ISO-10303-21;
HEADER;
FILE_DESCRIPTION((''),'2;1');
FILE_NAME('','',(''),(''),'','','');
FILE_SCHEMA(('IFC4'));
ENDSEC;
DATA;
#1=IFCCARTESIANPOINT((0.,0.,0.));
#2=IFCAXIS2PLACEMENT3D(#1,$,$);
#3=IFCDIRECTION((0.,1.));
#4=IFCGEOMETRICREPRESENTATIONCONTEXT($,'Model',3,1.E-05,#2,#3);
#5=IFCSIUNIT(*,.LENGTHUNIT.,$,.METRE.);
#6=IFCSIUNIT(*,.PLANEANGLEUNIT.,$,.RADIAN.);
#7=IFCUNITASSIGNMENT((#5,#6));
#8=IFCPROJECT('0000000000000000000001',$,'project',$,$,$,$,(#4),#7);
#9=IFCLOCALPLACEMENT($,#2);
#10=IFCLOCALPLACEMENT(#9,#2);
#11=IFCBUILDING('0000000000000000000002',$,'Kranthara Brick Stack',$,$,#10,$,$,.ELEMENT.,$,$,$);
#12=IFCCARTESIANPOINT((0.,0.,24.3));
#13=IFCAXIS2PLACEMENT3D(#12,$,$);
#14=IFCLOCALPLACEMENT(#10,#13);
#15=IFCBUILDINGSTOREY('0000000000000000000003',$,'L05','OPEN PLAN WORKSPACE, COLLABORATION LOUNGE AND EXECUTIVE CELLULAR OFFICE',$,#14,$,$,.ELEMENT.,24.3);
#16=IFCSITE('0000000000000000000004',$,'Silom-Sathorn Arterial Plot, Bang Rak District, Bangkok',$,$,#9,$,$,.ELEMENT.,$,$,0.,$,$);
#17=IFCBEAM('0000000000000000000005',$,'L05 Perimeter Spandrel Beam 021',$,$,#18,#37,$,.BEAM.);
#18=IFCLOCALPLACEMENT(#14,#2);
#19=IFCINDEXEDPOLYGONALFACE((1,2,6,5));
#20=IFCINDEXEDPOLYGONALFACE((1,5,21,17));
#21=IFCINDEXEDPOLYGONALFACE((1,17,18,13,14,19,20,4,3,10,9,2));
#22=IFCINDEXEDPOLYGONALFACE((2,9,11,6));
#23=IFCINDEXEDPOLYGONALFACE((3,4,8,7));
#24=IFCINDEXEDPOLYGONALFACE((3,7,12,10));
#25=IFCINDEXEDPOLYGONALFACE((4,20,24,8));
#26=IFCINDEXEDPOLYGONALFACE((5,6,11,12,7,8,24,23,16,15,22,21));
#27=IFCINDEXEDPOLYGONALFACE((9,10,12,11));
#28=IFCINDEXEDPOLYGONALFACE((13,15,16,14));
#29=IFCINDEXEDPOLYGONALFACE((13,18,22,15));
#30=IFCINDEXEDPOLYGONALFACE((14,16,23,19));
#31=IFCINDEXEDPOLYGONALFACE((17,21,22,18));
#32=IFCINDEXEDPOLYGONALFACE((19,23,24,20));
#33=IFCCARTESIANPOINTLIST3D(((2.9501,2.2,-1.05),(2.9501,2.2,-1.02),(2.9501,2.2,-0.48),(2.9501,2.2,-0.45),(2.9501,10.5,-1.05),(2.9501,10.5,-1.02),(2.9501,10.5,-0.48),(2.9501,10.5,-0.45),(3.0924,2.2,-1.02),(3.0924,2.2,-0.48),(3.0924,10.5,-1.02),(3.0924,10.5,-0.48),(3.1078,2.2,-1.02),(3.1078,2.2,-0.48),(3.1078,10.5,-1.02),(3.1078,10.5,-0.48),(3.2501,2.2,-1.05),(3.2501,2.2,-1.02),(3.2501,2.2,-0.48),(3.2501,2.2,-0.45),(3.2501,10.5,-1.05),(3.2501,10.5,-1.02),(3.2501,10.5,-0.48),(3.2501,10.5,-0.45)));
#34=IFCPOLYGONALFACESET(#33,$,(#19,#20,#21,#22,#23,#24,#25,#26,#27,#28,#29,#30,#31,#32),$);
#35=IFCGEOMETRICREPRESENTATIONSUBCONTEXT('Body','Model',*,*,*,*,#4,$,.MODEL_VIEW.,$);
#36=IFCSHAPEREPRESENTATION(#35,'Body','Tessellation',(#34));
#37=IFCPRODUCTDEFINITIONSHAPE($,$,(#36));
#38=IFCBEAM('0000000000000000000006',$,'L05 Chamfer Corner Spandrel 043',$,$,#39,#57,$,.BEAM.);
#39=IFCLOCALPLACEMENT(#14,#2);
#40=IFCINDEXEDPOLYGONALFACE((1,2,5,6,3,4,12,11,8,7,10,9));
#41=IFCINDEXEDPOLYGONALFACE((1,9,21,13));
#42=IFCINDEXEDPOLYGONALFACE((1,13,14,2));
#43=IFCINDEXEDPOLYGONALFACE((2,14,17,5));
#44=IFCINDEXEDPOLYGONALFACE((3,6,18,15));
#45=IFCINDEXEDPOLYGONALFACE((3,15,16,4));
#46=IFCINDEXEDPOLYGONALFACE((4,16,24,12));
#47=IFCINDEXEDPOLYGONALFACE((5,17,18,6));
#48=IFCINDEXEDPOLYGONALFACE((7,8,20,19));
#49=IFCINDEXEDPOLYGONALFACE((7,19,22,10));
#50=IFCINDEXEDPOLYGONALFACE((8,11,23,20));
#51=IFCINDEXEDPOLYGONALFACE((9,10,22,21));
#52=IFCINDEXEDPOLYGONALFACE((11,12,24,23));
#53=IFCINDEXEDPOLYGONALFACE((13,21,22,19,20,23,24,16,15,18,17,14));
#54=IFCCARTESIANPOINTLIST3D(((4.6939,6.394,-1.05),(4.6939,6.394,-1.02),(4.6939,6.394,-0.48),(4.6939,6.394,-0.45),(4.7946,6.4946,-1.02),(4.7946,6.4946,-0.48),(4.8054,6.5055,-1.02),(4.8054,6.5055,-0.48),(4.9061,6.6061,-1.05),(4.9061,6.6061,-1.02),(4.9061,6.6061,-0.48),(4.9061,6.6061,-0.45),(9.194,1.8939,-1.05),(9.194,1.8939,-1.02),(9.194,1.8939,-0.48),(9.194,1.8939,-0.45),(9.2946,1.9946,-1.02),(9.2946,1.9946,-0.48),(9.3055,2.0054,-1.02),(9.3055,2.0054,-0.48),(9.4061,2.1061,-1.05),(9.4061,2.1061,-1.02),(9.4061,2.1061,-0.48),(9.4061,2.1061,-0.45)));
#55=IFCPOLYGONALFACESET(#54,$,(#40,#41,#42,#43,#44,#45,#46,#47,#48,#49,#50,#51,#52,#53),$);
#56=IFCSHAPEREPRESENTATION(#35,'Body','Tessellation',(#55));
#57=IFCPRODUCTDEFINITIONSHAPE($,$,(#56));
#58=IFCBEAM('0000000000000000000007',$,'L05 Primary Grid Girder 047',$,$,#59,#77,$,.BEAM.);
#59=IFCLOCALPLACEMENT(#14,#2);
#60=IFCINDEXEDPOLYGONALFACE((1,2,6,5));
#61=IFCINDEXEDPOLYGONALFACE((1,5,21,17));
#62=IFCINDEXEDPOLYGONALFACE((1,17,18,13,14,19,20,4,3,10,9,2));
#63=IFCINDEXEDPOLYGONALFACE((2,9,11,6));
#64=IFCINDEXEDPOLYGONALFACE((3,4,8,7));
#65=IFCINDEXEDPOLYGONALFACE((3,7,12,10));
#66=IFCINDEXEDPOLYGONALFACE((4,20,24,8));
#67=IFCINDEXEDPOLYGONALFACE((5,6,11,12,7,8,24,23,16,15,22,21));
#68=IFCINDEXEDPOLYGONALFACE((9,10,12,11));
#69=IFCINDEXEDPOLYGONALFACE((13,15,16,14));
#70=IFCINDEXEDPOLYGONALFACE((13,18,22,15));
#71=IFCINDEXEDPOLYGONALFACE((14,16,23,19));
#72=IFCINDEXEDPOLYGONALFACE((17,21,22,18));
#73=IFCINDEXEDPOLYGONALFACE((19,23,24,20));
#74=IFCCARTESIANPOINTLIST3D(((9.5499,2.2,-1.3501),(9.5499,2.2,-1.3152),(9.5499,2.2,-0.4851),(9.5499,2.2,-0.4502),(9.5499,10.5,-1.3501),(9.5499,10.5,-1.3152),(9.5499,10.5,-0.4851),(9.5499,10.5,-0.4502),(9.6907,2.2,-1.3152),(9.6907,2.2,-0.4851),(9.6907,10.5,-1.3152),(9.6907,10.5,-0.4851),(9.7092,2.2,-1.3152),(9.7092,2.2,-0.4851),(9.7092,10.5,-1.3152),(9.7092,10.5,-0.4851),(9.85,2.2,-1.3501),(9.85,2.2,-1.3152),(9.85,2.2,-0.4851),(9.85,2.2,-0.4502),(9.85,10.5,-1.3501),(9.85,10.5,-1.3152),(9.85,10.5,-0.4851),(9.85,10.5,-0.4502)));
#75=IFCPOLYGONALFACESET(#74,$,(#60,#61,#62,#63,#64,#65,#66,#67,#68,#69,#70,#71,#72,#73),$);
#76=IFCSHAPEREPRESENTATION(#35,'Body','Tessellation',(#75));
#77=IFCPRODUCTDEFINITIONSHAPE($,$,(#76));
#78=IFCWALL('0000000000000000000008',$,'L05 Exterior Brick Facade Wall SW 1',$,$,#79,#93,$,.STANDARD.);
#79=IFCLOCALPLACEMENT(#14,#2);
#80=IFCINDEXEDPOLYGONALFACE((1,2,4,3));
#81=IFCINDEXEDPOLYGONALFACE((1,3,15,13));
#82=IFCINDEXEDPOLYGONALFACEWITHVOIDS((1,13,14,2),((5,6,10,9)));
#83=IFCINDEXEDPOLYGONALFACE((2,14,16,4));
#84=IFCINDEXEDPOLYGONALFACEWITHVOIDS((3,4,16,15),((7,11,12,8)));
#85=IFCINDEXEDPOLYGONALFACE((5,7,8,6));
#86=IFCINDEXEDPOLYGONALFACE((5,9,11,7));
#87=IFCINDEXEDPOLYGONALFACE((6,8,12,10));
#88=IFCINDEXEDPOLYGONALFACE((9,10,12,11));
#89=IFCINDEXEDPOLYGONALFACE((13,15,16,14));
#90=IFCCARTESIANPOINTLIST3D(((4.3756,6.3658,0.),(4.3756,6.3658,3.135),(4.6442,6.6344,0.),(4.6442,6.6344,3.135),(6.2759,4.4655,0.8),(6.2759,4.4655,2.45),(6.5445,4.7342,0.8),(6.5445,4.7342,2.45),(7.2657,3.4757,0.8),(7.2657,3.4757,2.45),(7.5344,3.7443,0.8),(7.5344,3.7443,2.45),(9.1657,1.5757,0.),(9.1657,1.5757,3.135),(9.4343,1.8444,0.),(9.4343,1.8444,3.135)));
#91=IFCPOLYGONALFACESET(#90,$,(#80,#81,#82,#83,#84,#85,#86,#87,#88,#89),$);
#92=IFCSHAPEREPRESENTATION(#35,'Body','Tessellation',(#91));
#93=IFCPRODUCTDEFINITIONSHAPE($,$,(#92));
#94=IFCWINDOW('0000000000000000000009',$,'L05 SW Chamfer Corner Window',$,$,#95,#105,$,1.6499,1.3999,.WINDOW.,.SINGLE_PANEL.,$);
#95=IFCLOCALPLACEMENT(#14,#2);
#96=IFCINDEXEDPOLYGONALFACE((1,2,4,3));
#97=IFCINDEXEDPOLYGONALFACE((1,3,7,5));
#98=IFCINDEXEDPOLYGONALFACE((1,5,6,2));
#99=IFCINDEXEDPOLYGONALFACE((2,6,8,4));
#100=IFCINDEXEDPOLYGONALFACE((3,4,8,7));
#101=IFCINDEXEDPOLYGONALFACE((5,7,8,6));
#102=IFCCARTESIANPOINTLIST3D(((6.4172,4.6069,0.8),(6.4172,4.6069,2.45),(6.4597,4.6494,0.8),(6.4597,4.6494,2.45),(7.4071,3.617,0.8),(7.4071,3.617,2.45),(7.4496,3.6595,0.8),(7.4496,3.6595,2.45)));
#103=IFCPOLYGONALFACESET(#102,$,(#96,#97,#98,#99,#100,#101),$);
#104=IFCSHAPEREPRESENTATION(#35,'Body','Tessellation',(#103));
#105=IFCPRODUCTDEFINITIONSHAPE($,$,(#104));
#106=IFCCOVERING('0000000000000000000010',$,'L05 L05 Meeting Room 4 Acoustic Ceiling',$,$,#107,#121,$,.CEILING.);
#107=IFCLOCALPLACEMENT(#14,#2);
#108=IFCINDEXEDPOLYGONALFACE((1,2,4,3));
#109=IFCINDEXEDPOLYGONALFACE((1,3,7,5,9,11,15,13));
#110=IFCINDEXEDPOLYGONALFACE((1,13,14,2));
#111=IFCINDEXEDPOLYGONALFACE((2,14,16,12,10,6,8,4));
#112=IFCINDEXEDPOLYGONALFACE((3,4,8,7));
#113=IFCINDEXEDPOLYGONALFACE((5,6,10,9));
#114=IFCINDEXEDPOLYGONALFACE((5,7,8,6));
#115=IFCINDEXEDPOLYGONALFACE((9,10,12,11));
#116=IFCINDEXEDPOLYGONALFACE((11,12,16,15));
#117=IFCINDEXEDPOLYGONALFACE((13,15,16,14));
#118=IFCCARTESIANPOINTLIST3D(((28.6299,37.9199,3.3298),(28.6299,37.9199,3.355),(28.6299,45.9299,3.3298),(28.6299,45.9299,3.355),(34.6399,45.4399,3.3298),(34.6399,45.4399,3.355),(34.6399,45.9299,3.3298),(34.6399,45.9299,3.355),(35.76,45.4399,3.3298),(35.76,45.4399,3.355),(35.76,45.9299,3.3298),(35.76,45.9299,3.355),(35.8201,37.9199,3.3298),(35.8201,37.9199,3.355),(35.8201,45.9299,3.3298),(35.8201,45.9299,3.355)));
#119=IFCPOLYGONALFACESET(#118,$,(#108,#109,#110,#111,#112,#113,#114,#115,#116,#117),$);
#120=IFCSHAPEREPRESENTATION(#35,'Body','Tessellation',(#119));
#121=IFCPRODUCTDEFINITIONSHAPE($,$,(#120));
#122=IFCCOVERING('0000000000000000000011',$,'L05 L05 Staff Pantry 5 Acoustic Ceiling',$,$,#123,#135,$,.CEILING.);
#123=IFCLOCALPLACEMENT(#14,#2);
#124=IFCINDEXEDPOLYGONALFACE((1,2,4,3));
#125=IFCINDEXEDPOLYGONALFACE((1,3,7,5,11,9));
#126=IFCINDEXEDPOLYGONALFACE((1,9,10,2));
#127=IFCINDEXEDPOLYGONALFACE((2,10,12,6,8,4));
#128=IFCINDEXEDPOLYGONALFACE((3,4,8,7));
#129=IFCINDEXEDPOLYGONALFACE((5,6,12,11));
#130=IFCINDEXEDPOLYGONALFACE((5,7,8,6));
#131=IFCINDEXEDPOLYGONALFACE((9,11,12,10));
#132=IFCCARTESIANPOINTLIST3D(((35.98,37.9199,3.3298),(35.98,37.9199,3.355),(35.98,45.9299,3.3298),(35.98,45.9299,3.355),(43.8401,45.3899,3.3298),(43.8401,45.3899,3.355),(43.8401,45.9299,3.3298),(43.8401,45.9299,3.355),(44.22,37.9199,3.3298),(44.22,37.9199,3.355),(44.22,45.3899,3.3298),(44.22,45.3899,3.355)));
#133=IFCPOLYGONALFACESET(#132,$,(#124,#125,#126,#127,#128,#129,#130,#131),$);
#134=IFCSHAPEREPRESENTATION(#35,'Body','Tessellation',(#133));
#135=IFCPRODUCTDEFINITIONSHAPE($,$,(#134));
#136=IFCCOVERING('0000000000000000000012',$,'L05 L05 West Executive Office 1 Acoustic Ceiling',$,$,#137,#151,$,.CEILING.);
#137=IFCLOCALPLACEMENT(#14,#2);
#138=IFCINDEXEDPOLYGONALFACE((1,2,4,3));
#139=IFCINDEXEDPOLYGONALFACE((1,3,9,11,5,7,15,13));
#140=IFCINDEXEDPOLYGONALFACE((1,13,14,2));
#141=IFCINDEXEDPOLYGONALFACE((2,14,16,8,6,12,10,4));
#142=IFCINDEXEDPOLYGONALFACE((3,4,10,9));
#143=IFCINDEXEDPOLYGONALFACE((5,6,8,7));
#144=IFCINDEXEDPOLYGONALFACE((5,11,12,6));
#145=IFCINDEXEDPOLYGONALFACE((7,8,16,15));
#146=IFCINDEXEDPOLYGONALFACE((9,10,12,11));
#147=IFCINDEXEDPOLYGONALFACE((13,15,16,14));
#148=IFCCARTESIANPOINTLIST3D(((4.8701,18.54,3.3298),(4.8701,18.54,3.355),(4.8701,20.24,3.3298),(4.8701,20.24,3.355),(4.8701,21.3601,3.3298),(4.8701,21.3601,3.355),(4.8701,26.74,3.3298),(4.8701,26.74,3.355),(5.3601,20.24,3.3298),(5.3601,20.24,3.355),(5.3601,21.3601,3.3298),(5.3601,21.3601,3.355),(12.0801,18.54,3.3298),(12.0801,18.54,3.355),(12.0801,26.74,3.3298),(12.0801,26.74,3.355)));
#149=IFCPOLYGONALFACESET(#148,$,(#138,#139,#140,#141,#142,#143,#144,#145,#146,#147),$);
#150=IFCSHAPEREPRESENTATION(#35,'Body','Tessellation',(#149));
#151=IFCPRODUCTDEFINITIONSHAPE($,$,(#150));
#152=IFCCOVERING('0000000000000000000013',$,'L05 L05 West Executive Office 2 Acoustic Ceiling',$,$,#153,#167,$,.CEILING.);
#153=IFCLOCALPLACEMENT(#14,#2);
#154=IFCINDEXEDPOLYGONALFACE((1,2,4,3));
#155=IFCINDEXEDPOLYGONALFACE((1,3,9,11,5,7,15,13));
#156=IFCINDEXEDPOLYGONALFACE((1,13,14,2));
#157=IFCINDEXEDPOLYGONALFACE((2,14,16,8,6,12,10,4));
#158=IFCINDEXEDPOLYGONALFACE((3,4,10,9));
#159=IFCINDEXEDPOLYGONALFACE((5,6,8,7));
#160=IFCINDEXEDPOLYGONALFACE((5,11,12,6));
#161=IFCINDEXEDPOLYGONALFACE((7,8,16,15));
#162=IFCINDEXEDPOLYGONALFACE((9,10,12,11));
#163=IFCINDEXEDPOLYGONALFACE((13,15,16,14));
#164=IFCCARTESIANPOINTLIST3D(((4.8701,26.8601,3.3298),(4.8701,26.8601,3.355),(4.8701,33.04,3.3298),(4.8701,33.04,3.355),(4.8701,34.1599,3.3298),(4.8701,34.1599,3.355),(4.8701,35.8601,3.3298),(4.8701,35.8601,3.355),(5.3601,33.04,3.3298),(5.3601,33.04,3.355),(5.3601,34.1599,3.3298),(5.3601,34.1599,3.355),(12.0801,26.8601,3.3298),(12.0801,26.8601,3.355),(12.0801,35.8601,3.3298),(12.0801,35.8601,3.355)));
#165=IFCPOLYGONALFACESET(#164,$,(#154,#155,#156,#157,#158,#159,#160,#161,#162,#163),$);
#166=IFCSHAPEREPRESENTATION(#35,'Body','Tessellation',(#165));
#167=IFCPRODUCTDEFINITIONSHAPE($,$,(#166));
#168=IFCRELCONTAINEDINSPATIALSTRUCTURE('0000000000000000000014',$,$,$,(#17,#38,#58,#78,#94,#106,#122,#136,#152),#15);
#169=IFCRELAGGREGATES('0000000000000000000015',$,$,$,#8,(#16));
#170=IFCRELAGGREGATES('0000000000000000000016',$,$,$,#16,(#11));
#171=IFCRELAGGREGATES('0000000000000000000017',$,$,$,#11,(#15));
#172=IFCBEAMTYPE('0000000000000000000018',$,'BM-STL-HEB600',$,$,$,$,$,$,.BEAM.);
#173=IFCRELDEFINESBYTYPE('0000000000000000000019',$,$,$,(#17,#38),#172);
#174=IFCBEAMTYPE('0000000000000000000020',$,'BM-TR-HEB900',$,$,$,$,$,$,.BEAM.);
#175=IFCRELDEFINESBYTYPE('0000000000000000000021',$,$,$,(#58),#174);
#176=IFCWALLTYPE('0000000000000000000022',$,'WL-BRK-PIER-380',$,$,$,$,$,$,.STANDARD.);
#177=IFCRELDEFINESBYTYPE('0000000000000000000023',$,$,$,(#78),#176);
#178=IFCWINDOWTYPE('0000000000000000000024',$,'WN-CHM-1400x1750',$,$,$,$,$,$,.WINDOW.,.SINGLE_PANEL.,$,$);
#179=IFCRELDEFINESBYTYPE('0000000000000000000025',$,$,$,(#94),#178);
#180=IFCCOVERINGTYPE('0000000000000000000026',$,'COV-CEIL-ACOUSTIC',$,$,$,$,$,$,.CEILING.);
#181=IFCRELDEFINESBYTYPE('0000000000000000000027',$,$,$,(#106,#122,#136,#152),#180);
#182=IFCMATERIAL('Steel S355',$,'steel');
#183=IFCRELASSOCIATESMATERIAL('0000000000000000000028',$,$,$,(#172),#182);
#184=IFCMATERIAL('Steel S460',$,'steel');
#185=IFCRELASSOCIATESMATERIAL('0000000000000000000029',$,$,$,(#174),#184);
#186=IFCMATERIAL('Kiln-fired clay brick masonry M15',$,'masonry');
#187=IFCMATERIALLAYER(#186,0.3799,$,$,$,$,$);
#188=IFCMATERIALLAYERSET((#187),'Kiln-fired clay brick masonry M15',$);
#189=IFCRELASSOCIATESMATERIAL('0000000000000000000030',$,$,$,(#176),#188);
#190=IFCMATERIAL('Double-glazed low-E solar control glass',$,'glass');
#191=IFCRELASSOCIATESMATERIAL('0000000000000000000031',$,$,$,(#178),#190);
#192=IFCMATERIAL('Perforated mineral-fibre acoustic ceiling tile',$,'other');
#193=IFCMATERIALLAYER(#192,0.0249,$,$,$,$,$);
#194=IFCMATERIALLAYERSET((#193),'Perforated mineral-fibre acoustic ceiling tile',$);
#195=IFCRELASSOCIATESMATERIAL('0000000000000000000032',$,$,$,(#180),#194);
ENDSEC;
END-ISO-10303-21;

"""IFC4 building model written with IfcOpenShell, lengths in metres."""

from ifc_helpers import new_model, si_unit, direction, frame, frame_2d, origin, origin_2d, place, context, subcontext, project, spatial, polyline, rectangle, i_section, outline, extrude, material, layer, layer_set, material_profile, profile_set, type_object, element, fill, save


model = new_model("IFC4")

# Units and contexts
model_context = context("Model", 3, precision=1e-05, world=origin(), true_north=direction((0.0, 1.0)))
body_context = subcontext(model_context, "Body", "Model", "MODEL_VIEW")
ifc_project = project(units=[si_unit("LENGTHUNIT", "METRE"), si_unit("PLANEANGLEUNIT", "RADIAN")], contexts=[model_context])

# Site, building, storey
site_placement = place(None, origin())
site = spatial("IfcSite", under=ifc_project, at=site_placement, Name="Silom-Sathorn Arterial Plot, Bang Rak District, Bangkok", CompositionType="ELEMENT", RefElevation=0.0)
building_placement = place(site_placement, origin())
building = spatial("IfcBuilding", under=site, at=building_placement, Name="Kranthara Brick Stack", CompositionType="ELEMENT")
storey_placement = place(building_placement, frame((0.0, 0.0, 24.3)))
storey = spatial("IfcBuildingStorey", under=building, at=storey_placement, Name="L05", Description="OPEN PLAN WORKSPACE, COLLABORATION LOUNGE AND EXECUTIVE CELLULAR OFFICE", CompositionType="ELEMENT", Elevation=24.3)

# Beams
ifc_material_1 = material(Name="Steel S355", Category="steel")
ifc_material_profile_1 = material_profile(ifc_material_1, i_section(OverallWidth=0.3, OverallDepth=0.6001, WebThickness=0.0154, FlangeThickness=0.03, at=origin_2d()), Name="HEB 600")
ifc_profile_set_1 = profile_set([ifc_material_profile_1], Name="Steel S355")
beam_type_1 = type_object("IfcBeamType", Name="BM-STL-HEB600", PredefinedType="BEAM", material=ifc_profile_set_1)
beam_1_placement = place(storey_placement, frame((3.1001, 2.2, -0.75), z_axis=(0.0, 1.0, 0.0), x_axis=(-1.0, 0.0, 0.0)))
element("IfcBeam", 1, at=beam_1_placement, inside=storey, type_object=beam_type_1, Name="L05 Perimeter Spandrel Beam 021", PredefinedType="BEAM", context=body_context, shape_type="SweptSolid", body=[
    extrude(i_section(OverallWidth=0.3, OverallDepth=0.6001, WebThickness=0.0154, FlangeThickness=0.03, at=origin_2d()), origin(), (0.0, 0.0, 1.0), 8.3),
])
beam_2_placement = place(storey_placement, frame((9.3, 2.0, -0.75), z_axis=(-0.707107, 0.707107, 0.0), x_axis=(-0.707107, -0.707107, 0.0)))
element("IfcBeam", 2, at=beam_2_placement, inside=storey, type_object=beam_type_1, Name="L05 Chamfer Corner Spandrel 043", PredefinedType="BEAM", context=body_context, shape_type="SweptSolid", body=[
    extrude(i_section(OverallWidth=0.3, OverallDepth=0.6001, WebThickness=0.0154, FlangeThickness=0.03, at=origin_2d()), origin(), (0.0, 0.0, 1.0), 6.364),
])
ifc_material_2 = material(Name="Steel S460", Category="steel")
ifc_material_profile_2 = material_profile(ifc_material_2, i_section(OverallWidth=0.3, OverallDepth=0.8999, WebThickness=0.0186, FlangeThickness=0.0349, at=origin_2d()), Name="HEB 900")
ifc_profile_set_2 = profile_set([ifc_material_profile_2], Name="Steel S460")
beam_type_2 = type_object("IfcBeamType", Name="BM-TR-HEB900", PredefinedType="BEAM", material=ifc_profile_set_2)
beam_3_placement = place(storey_placement, frame((9.7, 2.2, -0.9001), z_axis=(0.0, 1.0, 0.0), x_axis=(-1.0, 0.0, 0.0)))
element("IfcBeam", 3, at=beam_3_placement, inside=storey, type_object=beam_type_2, Name="L05 Primary Grid Girder 047", PredefinedType="BEAM", context=body_context, shape_type="SweptSolid", body=[
    extrude(i_section(OverallWidth=0.3, OverallDepth=0.8999, WebThickness=0.0186, FlangeThickness=0.0349, at=origin_2d()), origin(), (0.0, 0.0, 1.0), 8.3),
])

# Wall, opening, window
ifc_material_3 = material(Name="Kiln-fired clay brick masonry M15", Category="masonry")
ifc_layer_1 = layer(ifc_material_3, 0.3799)
ifc_layer_set_1 = layer_set([ifc_layer_1], Name="Kiln-fired clay brick masonry M15")
wall_type = type_object("IfcWallType", Name="WL-BRK-PIER-380", PredefinedType="STANDARD", material=ifc_layer_set_1)
wall_placement = place(storey_placement, frame((9.3, 1.71, 0.0), z_axis=(0.0, 0.0, 1.0), x_axis=(-0.707107, 0.707107, 0.0)))
wall = element("IfcWall", 4, at=wall_placement, inside=storey, type_object=wall_type, Name="L05 Exterior Brick Facade Wall SW 1", PredefinedType="STANDARD", context=body_context, shape_type="SweptSolid", body=[
    extrude(rectangle(XDim=6.7742, YDim=0.3799, at=frame_2d((3.3872, 0.0))), origin(), (0.0, 0.0, 1.0), 3.135),
])
opening_placement = place(wall_placement, frame((2.687, 0.0, 0.8)))
opening = element("IfcOpeningElement", 5, at=opening_placement, cuts=wall, PredefinedType="OPENING", context=body_context, shape_type="SweptSolid", body=[
    extrude(rectangle(XDim=1.3999, YDim=1.6499, at=frame_2d((0.7, 0.825))), frame((0.0, 0.2, 0.0), z_axis=(0.0, -1.0, 0.0), x_axis=(1.0, 0.0, 0.0)), (0.0, 0.0, 1.0), 0.3999),
])
ifc_material_4 = material(Name="Double-glazed low-E solar control glass", Category="glass")
window_type = type_object("IfcWindowType", Name="WN-CHM-1400x1750", PartitioningType="SINGLE_PANEL", PredefinedType="WINDOW", material=ifc_material_4)
window_placement = place(opening_placement, origin())
window = element("IfcWindow", 6, at=window_placement, inside=storey, type_object=window_type, Name="L05 SW Chamfer Corner Window", OverallHeight=1.6499, OverallWidth=1.3999, PartitioningType="SINGLE_PANEL", PredefinedType="WINDOW", context=body_context, shape_type="SweptSolid", body=[
    extrude(rectangle(XDim=1.3999, YDim=1.6499, at=frame_2d((0.7, 0.825))), frame((0.0, -0.01, 0.0), z_axis=(0.0, -1.0, 0.0), x_axis=(1.0, 0.0, 0.0)), (0.0, 0.0, 1.0), 0.0601),
])
fill(opening, window)

# Coverings
ifc_material_5 = material(Name="Perforated mineral-fibre acoustic ceiling tile", Category="other")
ifc_layer_2 = layer(ifc_material_5, 0.0249)
ifc_layer_set_2 = layer_set([ifc_layer_2], Name="Perforated mineral-fibre acoustic ceiling tile")
covering_type = type_object("IfcCoveringType", Name="COV-CEIL-ACOUSTIC", PredefinedType="CEILING", material=ifc_layer_set_2)
covering_1_placement = place(storey_placement, frame((0.0, 0.0, 3.3298)))
element("IfcCovering", 7, at=covering_1_placement, inside=storey, type_object=covering_type, Name="L05 L05 Meeting Room 4 Acoustic Ceiling", PredefinedType="CEILING", context=body_context, shape_type="SweptSolid", body=[
    extrude(outline(polyline([(35.8201, 45.9299), (35.8201, 37.9199), (28.6299, 37.9199), (28.6299, 45.9299), (34.6399, 45.9299), (34.6399, 45.4399), (35.76, 45.4399), (35.76, 45.9299), (35.8201, 45.9299)])), origin(), (0.0, 0.0, 1.0), 0.0251),
])
covering_2_placement = place(storey_placement, frame((0.0, 0.0, 3.3298)))
element("IfcCovering", 8, at=covering_2_placement, inside=storey, type_object=covering_type, Name="L05 L05 Staff Pantry 5 Acoustic Ceiling", PredefinedType="CEILING", context=body_context, shape_type="SweptSolid", body=[
    extrude(outline(polyline([(44.22, 37.9199), (35.98, 37.9199), (35.98, 45.9299), (43.8401, 45.9299), (43.8401, 45.3899), (44.22, 45.3899), (44.22, 37.9199)])), origin(), (0.0, 0.0, 1.0), 0.0251),
])
covering_3_placement = place(storey_placement, frame((0.0, 0.0, 3.3298)))
element("IfcCovering", 9, at=covering_3_placement, inside=storey, type_object=covering_type, Name="L05 L05 West Executive Office 1 Acoustic Ceiling", PredefinedType="CEILING", context=body_context, shape_type="SweptSolid", body=[
    extrude(outline(polyline([(4.8701, 26.74), (12.0801, 26.74), (12.0801, 18.54), (4.8701, 18.54), (4.8701, 20.24), (5.3601, 20.24), (5.3601, 21.3601), (4.8701, 21.3601), (4.8701, 26.74)])), origin(), (0.0, 0.0, 1.0), 0.0251),
])
covering_4_placement = place(storey_placement, frame((0.0, 0.0, 3.3298)))
element("IfcCovering", 10, at=covering_4_placement, inside=storey, type_object=covering_type, Name="L05 L05 West Executive Office 2 Acoustic Ceiling", PredefinedType="CEILING", context=body_context, shape_type="SweptSolid", body=[
    extrude(outline(polyline([(4.8701, 35.8601), (12.0801, 35.8601), (12.0801, 26.8601), (4.8701, 26.8601), (4.8701, 33.04), (5.3601, 33.04), (5.3601, 34.1599), (4.8701, 34.1599), (4.8701, 35.8601)])), origin(), (0.0, 0.0, 1.0), 0.0251),
])

save(model, "model.ifc")
